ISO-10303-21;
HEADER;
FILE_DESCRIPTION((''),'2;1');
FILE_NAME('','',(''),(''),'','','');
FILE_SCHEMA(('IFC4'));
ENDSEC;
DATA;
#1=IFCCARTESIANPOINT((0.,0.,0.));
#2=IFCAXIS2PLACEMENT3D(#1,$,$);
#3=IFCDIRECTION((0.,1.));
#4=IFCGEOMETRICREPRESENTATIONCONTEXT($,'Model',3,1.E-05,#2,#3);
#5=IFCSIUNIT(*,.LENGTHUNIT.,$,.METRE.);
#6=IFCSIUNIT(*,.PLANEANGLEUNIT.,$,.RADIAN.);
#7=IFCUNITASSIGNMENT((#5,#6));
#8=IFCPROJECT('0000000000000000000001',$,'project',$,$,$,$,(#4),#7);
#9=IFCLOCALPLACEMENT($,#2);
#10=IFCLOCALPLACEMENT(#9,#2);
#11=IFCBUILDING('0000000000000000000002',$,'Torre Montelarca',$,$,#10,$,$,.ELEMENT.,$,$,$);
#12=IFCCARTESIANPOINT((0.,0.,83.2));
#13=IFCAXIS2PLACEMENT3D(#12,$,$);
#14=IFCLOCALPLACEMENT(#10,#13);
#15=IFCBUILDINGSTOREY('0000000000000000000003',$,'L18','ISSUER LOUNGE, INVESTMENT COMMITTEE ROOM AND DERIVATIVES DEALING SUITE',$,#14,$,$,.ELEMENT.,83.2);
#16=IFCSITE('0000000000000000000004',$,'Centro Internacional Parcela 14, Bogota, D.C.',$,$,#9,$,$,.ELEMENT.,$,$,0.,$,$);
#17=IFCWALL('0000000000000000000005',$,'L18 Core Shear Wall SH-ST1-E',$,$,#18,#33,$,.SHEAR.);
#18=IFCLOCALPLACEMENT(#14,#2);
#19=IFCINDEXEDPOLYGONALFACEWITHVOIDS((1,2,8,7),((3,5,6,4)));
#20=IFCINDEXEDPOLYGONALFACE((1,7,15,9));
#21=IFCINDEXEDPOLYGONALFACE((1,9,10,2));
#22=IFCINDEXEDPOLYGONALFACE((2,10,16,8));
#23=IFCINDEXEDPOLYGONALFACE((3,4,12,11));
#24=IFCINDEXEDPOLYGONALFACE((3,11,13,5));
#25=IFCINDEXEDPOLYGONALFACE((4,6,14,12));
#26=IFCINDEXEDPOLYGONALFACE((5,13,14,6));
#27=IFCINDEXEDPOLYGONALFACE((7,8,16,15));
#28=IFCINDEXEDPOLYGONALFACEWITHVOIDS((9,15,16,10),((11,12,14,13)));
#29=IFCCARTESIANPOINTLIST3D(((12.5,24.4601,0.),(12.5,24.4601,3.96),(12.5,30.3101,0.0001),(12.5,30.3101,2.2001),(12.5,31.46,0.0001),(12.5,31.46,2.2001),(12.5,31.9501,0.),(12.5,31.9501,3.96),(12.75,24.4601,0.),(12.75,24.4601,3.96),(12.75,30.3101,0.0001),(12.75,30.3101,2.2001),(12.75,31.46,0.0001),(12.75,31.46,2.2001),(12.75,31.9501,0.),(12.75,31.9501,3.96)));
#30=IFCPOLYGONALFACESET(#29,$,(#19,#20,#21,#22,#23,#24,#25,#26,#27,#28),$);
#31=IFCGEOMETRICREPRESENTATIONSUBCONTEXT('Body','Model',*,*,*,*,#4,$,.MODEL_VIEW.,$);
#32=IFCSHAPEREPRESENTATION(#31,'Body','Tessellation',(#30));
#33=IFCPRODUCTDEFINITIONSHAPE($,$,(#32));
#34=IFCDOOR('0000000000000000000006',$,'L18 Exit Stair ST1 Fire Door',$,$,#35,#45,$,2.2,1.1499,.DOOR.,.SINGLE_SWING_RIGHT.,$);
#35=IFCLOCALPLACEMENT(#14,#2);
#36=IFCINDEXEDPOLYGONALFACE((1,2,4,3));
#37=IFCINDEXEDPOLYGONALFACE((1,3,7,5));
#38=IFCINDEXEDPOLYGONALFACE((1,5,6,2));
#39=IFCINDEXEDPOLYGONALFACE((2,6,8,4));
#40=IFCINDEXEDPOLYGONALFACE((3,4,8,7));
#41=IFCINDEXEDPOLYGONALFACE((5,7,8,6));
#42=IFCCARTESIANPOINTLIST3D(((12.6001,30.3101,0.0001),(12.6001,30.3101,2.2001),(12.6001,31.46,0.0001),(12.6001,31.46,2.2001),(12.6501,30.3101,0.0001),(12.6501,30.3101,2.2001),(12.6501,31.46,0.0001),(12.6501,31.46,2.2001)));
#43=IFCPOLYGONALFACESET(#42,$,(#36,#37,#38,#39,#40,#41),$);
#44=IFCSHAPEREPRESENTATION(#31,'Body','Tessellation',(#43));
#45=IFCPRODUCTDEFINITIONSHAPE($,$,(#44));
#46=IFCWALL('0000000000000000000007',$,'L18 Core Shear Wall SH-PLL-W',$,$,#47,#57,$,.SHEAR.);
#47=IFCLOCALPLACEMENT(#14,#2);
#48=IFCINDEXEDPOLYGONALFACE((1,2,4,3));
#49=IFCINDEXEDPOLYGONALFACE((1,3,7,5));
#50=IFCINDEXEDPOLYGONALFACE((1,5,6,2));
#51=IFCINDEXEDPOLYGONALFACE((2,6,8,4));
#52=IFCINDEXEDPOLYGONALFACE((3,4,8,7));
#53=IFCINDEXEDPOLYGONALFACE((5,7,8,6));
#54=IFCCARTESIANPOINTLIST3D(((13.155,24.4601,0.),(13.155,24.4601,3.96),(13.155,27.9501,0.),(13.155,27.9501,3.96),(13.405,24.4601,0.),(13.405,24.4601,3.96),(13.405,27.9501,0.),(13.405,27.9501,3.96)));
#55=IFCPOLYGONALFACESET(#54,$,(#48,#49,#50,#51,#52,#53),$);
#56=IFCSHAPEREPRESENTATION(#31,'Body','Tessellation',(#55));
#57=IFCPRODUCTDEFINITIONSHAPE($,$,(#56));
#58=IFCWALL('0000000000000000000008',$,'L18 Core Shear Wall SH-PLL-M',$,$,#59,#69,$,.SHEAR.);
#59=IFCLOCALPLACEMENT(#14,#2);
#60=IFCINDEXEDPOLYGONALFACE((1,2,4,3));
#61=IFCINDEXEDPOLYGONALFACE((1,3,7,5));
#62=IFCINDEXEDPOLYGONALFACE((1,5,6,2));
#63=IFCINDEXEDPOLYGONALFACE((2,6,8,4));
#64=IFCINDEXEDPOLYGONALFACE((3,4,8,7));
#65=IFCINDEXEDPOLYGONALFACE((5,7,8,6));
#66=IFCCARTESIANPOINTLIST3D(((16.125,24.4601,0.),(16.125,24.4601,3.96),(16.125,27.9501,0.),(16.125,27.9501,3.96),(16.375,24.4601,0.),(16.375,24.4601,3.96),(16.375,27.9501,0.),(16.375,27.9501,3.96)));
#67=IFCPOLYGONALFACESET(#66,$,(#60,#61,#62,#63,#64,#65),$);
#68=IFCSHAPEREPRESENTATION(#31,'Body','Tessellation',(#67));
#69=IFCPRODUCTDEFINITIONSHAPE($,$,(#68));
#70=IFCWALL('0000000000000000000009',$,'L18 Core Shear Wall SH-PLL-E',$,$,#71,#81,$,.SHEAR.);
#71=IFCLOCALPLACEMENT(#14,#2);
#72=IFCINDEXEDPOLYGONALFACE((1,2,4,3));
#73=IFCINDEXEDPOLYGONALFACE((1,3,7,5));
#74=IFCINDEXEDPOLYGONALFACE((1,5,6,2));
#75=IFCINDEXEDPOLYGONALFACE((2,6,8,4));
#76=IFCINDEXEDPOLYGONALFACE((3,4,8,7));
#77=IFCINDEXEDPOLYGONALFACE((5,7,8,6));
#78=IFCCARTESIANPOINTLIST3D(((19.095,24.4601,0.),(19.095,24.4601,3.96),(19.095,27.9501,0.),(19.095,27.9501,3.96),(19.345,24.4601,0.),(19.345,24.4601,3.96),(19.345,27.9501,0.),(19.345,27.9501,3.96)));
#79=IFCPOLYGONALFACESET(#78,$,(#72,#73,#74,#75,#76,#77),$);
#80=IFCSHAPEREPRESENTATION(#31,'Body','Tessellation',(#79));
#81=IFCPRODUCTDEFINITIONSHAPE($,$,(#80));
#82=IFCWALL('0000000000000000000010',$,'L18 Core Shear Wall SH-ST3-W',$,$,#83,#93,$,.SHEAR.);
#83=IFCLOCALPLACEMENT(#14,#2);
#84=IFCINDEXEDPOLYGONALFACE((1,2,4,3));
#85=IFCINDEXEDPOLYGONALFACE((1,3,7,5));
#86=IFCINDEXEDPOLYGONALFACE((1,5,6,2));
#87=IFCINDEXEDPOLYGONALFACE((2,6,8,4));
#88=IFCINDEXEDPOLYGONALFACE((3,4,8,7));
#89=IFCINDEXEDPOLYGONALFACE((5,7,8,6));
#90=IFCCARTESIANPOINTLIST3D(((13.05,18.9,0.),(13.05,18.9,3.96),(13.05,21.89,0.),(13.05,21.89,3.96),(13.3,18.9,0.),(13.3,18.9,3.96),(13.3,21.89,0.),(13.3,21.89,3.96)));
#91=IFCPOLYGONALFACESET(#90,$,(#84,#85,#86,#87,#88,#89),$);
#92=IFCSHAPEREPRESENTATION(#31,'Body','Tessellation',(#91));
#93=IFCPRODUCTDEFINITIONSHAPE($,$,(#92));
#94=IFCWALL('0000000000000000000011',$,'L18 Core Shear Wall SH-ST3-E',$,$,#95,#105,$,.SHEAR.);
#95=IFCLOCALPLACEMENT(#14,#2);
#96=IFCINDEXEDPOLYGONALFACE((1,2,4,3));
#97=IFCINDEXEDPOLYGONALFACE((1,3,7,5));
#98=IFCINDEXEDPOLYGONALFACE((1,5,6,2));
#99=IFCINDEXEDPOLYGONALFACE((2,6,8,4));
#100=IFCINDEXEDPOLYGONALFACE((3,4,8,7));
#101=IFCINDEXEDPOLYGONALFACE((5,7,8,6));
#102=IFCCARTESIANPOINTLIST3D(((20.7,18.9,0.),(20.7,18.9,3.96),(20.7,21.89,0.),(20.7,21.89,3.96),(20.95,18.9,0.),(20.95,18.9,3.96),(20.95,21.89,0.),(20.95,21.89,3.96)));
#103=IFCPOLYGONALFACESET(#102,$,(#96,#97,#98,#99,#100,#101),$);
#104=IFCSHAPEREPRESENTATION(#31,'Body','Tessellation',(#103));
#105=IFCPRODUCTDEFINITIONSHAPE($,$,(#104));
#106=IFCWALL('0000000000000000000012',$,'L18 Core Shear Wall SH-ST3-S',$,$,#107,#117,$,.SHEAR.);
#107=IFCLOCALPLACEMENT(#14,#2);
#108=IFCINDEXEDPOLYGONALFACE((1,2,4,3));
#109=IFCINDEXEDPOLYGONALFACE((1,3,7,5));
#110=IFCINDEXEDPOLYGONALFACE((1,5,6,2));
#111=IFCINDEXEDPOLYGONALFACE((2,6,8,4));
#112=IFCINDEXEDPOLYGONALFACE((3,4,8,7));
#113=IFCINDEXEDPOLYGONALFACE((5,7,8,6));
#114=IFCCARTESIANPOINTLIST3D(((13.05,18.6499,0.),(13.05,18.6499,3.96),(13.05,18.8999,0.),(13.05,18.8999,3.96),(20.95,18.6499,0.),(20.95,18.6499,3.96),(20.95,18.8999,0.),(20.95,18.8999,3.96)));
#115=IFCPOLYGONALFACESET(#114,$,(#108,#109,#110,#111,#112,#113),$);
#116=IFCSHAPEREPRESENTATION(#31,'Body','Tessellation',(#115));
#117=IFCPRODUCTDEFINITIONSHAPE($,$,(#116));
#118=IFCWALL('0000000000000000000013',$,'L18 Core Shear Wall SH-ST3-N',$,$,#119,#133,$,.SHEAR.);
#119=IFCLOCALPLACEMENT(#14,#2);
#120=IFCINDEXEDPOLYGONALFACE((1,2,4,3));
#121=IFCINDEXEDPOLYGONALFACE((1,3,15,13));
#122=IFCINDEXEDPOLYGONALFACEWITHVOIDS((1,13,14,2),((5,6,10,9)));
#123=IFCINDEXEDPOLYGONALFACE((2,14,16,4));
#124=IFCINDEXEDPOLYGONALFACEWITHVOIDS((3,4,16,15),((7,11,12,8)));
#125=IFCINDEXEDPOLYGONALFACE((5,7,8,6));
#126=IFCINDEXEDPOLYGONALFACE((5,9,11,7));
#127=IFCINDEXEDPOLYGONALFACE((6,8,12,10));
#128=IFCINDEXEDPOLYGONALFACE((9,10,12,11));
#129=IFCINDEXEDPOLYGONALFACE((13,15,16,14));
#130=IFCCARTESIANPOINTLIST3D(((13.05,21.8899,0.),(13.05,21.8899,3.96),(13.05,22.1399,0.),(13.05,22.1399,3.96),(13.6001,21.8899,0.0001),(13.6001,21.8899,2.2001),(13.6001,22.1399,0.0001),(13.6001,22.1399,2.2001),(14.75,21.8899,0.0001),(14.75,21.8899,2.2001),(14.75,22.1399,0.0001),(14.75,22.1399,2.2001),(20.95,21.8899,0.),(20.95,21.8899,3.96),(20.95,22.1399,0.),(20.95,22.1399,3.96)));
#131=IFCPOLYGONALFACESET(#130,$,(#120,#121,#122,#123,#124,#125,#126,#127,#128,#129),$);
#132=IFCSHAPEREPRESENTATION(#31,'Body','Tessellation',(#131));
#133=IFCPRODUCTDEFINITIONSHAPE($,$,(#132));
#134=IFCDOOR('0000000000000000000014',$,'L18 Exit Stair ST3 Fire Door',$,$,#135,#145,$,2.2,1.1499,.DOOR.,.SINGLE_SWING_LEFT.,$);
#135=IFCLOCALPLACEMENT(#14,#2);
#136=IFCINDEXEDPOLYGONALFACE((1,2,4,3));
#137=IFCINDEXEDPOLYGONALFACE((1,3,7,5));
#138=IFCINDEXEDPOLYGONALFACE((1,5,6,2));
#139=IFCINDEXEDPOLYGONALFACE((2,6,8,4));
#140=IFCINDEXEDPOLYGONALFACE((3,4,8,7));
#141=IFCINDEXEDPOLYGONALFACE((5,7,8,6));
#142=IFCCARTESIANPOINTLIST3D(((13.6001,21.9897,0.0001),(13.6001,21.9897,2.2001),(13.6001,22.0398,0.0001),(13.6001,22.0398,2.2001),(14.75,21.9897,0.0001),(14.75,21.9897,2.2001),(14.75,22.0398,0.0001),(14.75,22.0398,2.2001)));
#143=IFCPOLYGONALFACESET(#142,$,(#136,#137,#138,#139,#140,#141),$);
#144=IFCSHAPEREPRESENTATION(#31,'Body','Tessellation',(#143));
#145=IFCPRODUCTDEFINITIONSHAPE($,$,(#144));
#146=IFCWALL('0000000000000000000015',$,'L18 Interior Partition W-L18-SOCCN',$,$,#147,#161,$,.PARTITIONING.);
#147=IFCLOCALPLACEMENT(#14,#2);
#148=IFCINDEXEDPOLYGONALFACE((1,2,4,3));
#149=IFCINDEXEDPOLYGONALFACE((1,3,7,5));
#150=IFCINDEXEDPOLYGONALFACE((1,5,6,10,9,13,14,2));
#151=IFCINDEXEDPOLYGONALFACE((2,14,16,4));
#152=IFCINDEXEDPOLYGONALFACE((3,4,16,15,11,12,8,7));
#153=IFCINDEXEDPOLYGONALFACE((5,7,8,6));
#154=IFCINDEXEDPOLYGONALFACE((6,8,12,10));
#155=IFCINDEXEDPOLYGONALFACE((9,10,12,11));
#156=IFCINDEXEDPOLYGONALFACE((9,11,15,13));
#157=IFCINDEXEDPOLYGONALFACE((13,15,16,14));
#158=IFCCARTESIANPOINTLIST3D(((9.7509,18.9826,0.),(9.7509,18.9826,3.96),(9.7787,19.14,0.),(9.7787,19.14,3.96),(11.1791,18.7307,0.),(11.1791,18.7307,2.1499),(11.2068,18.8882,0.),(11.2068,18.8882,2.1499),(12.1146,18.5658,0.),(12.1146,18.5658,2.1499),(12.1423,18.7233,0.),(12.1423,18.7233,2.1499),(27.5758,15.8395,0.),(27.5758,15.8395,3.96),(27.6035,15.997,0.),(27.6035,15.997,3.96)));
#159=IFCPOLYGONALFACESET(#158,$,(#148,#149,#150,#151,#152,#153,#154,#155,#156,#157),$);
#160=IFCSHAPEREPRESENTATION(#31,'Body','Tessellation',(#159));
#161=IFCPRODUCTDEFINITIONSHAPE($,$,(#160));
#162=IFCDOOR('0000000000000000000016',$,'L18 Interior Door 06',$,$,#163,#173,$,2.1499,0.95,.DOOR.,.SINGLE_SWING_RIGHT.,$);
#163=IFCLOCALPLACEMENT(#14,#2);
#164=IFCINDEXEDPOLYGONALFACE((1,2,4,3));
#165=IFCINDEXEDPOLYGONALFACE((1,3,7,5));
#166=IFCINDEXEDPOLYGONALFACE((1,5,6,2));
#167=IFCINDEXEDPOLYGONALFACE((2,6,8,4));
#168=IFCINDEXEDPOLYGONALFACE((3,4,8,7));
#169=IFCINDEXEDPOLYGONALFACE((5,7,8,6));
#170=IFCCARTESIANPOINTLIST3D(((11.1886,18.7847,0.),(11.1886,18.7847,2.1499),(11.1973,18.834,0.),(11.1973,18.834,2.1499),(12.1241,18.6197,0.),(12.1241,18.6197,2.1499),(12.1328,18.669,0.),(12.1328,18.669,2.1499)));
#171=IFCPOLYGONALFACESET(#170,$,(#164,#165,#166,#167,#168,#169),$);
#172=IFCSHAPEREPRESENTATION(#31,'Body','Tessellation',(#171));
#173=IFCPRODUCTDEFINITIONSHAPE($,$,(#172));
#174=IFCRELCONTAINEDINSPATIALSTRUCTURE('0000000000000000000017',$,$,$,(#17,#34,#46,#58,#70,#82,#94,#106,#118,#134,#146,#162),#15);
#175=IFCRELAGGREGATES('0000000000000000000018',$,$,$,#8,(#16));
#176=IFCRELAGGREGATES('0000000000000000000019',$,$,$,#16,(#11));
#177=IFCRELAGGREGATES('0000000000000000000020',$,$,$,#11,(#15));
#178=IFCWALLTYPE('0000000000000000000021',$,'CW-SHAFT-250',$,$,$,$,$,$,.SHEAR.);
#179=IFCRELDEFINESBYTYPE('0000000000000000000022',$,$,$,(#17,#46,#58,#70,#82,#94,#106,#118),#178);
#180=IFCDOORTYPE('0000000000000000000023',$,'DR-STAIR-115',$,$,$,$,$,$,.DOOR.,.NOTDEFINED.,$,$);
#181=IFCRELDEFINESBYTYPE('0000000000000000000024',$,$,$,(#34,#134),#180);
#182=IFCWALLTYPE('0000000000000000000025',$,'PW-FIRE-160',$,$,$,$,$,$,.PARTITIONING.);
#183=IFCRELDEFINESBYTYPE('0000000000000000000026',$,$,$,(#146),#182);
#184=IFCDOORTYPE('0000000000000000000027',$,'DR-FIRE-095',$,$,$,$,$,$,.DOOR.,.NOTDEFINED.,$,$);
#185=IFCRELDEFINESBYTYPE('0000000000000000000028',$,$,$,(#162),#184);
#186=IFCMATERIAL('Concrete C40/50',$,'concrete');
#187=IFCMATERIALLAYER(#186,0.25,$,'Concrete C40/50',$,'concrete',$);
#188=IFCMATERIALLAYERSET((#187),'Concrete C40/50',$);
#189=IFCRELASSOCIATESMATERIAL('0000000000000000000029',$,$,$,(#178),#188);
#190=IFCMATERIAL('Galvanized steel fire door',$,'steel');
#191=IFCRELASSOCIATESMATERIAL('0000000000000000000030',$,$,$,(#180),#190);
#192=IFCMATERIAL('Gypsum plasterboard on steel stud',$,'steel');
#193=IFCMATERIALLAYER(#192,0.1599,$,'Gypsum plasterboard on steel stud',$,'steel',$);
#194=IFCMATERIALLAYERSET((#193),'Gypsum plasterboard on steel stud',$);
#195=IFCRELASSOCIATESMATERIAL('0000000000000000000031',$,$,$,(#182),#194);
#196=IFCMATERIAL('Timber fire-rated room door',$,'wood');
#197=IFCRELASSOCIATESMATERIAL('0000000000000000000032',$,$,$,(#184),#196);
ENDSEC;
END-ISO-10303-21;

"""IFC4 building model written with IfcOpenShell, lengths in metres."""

from ifc_helpers import new_model, si_unit, direction, frame, frame_2d, origin, place, context, subcontext, project, spatial, rectangle, extrude, source, transform, mapped, material, layer, layer_set, type_object, element, fill, save


model = new_model("IFC4")

# Units and contexts
model_context = context("Model", 3, precision=1e-05, world=origin(), true_north=direction((0.0, 1.0)))
body_context = subcontext(model_context, "Body", "Model", "MODEL_VIEW")
ifc_project = project(units=[si_unit("LENGTHUNIT", "METRE"), si_unit("PLANEANGLEUNIT", "RADIAN")], contexts=[model_context])

# Site, building, storey
site_placement = place(None, origin())
site = spatial("IfcSite", under=ifc_project, at=site_placement, Name="Centro Internacional Parcela 14, Bogota, D.C.", CompositionType="ELEMENT", RefElevation=0.0)
building_placement = place(site_placement, origin())
building = spatial("IfcBuilding", under=site, at=building_placement, Name="Torre Montelarca", CompositionType="ELEMENT")
storey_placement = place(building_placement, frame((0.0, 0.0, 83.2)))
storey = spatial("IfcBuildingStorey", under=building, at=storey_placement, Name="L18", Description="ISSUER LOUNGE, INVESTMENT COMMITTEE ROOM AND DERIVATIVES DEALING SUITE", CompositionType="ELEMENT", Elevation=83.2)

# Wall, opening, door
ifc_material_1 = material(Name="Concrete C40/50", Category="concrete")
ifc_layer_1 = layer(ifc_material_1, 0.25, Name="Concrete C40/50", Category="concrete")
ifc_layer_set_1 = layer_set([ifc_layer_1], Name="Concrete C40/50")
wall_type_1 = type_object("IfcWallType", Name="CW-SHAFT-250", PredefinedType="SHEAR", material=ifc_layer_set_1)
wall_1_placement = place(storey_placement, frame((12.625, 24.46, 0.0), z_axis=(0.0, 0.0, 1.0), x_axis=(0.0, 1.0, 0.0)))
wall_1 = element("IfcWall", 1, at=wall_1_placement, inside=storey, type_object=wall_type_1, Name="L18 Core Shear Wall SH-ST1-E", PredefinedType="SHEAR", context=body_context, shape_type="SweptSolid", body=[
    extrude(rectangle(XDim=7.49, YDim=0.25, at=frame_2d((3.7451, 0.0))), origin(), (0.0, 0.0, 1.0), 3.96),
])
opening_1_placement = place(wall_1_placement, frame((5.8501, 0.0, 0.0)))
opening_1 = element("IfcOpeningElement", 2, at=opening_1_placement, cuts=wall_1, PredefinedType="OPENING", context=body_context, shape_type="SweptSolid", body=[
    extrude(rectangle(XDim=1.1499, YDim=2.2, at=frame_2d((0.575, 1.1001))), frame((0.0, 0.135, 0.0), z_axis=(0.0, -1.0, 0.0), x_axis=(1.0, 0.0, 0.0)), (0.0, 0.0, 1.0), 0.27),
])
ifc_material_2 = material(Name="Galvanized steel fire door", Category="steel")
door_type_1 = type_object("IfcDoorType", Name="DR-STAIR-115", OperationType="NOTDEFINED", PredefinedType="DOOR", material=ifc_material_2)
shared_shape_1 = source(origin(), body_context, "Body", "SweptSolid", [
    extrude(rectangle(XDim=1.1499, YDim=2.2, at=frame_2d((0.575, 1.1001))), frame((0.0, 0.0249, 0.0), z_axis=(0.0, -1.0, 0.0), x_axis=(1.0, 0.0, 0.0)), (0.0, 0.0, 1.0), 0.05),
])
door_1_placement = place(opening_1_placement, origin())
door_1 = element("IfcDoor", 3, at=door_1_placement, inside=storey, type_object=door_type_1, Name="L18 Exit Stair ST1 Fire Door", OperationType="SINGLE_SWING_RIGHT", OverallHeight=2.2, OverallWidth=1.1499, PredefinedType="DOOR", context=body_context, shape_type="MappedRepresentation", body=[
    mapped(shared_shape_1, transform((0.0, 0.0, 0.0), scale=1.0)),
])
fill(opening_1, door_1)

# Walls
for number, where, z_axis, x_axis, name in (
    (4, (13.28, 24.46, 0.0), (0.0, 0.0, 1.0), (0.0, 1.0, 0.0), "L18 Core Shear Wall SH-PLL-W"),
    (5, (16.25, 24.46, 0.0), (0.0, 0.0, 1.0), (0.0, 1.0, 0.0), "L18 Core Shear Wall SH-PLL-M"),
    (6, (19.22, 24.46, 0.0), (0.0, 0.0, 1.0), (0.0, 1.0, 0.0), "L18 Core Shear Wall SH-PLL-E"),
):
    element("IfcWall", number, at=place(storey_placement, frame(where, z_axis=z_axis, x_axis=x_axis)), inside=storey, type_object=wall_type_1, Name=name, PredefinedType="SHEAR", context=body_context, shape_type="SweptSolid", body=[
        extrude(rectangle(XDim=3.49, YDim=0.25, at=frame_2d((1.7451, 0.0))), origin(), (0.0, 0.0, 1.0), 3.96),
    ])
for number, where, z_axis, x_axis, name in (
    (7, (13.175, 18.8999, 0.0), (0.0, 0.0, 1.0), (0.0, 1.0, 0.0), "L18 Core Shear Wall SH-ST3-W"),
    (8, (20.825, 18.8999, 0.0), (0.0, 0.0, 1.0), (0.0, 1.0, 0.0), "L18 Core Shear Wall SH-ST3-E"),
):
    element("IfcWall", number, at=place(storey_placement, frame(where, z_axis=z_axis, x_axis=x_axis)), inside=storey, type_object=wall_type_1, Name=name, PredefinedType="SHEAR", context=body_context, shape_type="SweptSolid", body=[
        extrude(rectangle(XDim=2.99, YDim=0.25, at=frame_2d((1.4951, 0.0))), origin(), (0.0, 0.0, 1.0), 3.96),
    ])
wall_2_placement = place(storey_placement, frame((13.05, 18.7749, 0.0), z_axis=(0.0, 0.0, 1.0), x_axis=(1.0, 0.0, 0.0)))
element("IfcWall", 9, at=wall_2_placement, inside=storey, type_object=wall_type_1, Name="L18 Core Shear Wall SH-ST3-S", PredefinedType="SHEAR", context=body_context, shape_type="SweptSolid", body=[
    extrude(rectangle(XDim=7.8999, YDim=0.25, at=frame_2d((3.95, 0.0))), origin(), (0.0, 0.0, 1.0), 3.96),
])

# Walls, openings, doors
wall_3_placement = place(storey_placement, frame((13.05, 22.0149, 0.0), z_axis=(0.0, 0.0, 1.0), x_axis=(1.0, 0.0, 0.0)))
wall_3 = element("IfcWall", 10, at=wall_3_placement, inside=storey, type_object=wall_type_1, Name="L18 Core Shear Wall SH-ST3-N", PredefinedType="SHEAR", context=body_context, shape_type="SweptSolid", body=[
    extrude(rectangle(XDim=7.8999, YDim=0.25, at=frame_2d((3.95, 0.0))), origin(), (0.0, 0.0, 1.0), 3.96),
])
opening_2_placement = place(wall_3_placement, frame((0.55, 0.0, 0.0)))
opening_2 = element("IfcOpeningElement", 11, at=opening_2_placement, cuts=wall_3, PredefinedType="OPENING", context=body_context, shape_type="SweptSolid", body=[
    extrude(rectangle(XDim=1.1499, YDim=2.2, at=frame_2d((0.575, 1.1001))), frame((0.0, 0.135, 0.0), z_axis=(0.0, -1.0, 0.0), x_axis=(1.0, 0.0, 0.0)), (0.0, 0.0, 1.0), 0.27),
])
door_2_placement = place(opening_2_placement, origin())
door_2 = element("IfcDoor", 12, at=door_2_placement, inside=storey, type_object=door_type_1, Name="L18 Exit Stair ST3 Fire Door", OperationType="SINGLE_SWING_LEFT", OverallHeight=2.2, OverallWidth=1.1499, PredefinedType="DOOR", context=body_context, shape_type="MappedRepresentation", body=[
    mapped(shared_shape_1, transform((0.0, 0.0, 0.0), scale=1.0)),
])
fill(opening_2, door_2)
ifc_material_3 = material(Name="Gypsum plasterboard on steel stud", Category="steel")
ifc_layer_2 = layer(ifc_material_3, 0.1599, Name="Gypsum plasterboard on steel stud", Category="steel")
ifc_layer_set_2 = layer_set([ifc_layer_2], Name="Gypsum plasterboard on steel stud")
wall_type_2 = type_object("IfcWallType", Name="PW-FIRE-160", PredefinedType="PARTITIONING", material=ifc_layer_set_2)
wall_4_placement = place(storey_placement, frame((9.7649, 19.0613, 0.0), z_axis=(0.0, 0.0, 1.0), x_axis=(0.984807, -0.173651, 0.0)))
wall_4 = element("IfcWall", 13, at=wall_4_placement, inside=storey, type_object=wall_type_2, Name="L18 Interior Partition W-L18-SOCCN", PredefinedType="PARTITIONING", context=body_context, shape_type="SweptSolid", body=[
    extrude(rectangle(XDim=18.0999, YDim=0.1599, at=frame_2d((9.0498, 0.0))), origin(), (0.0, 0.0, 1.0), 3.96),
])
opening_3_placement = place(wall_4_placement, frame((1.45, 0.0, 0.0)))
opening_3 = element("IfcOpeningElement", 14, at=opening_3_placement, cuts=wall_4, PredefinedType="OPENING", context=body_context, shape_type="SweptSolid", body=[
    extrude(rectangle(XDim=0.95, YDim=2.1499, at=frame_2d((0.4751, 1.075))), frame((0.0, 0.0898, 0.0), z_axis=(0.0, -1.0, 0.0), x_axis=(1.0, 0.0, 0.0)), (0.0, 0.0, 1.0), 0.1799),
])
ifc_material_4 = material(Name="Timber fire-rated room door", Category="wood")
door_type_2 = type_object("IfcDoorType", Name="DR-FIRE-095", OperationType="NOTDEFINED", PredefinedType="DOOR", material=ifc_material_4)
shared_shape_2 = source(origin(), body_context, "Body", "SweptSolid", [
    extrude(rectangle(XDim=0.95, YDim=2.1499, at=frame_2d((0.4751, 1.075))), frame((0.0, 0.0249, 0.0), z_axis=(0.0, -1.0, 0.0), x_axis=(1.0, 0.0, 0.0)), (0.0, 0.0, 1.0), 0.05),
])
door_3_placement = place(opening_3_placement, origin())
door_3 = element("IfcDoor", 15, at=door_3_placement, inside=storey, type_object=door_type_2, Name="L18 Interior Door 06", OperationType="SINGLE_SWING_RIGHT", OverallHeight=2.1499, OverallWidth=0.95, PredefinedType="DOOR", context=body_context, shape_type="MappedRepresentation", body=[
    mapped(shared_shape_2, transform((0.0, 0.0, 0.0), scale=1.0)),
])
fill(opening_3, door_3)

save(model, "model.ifc")
